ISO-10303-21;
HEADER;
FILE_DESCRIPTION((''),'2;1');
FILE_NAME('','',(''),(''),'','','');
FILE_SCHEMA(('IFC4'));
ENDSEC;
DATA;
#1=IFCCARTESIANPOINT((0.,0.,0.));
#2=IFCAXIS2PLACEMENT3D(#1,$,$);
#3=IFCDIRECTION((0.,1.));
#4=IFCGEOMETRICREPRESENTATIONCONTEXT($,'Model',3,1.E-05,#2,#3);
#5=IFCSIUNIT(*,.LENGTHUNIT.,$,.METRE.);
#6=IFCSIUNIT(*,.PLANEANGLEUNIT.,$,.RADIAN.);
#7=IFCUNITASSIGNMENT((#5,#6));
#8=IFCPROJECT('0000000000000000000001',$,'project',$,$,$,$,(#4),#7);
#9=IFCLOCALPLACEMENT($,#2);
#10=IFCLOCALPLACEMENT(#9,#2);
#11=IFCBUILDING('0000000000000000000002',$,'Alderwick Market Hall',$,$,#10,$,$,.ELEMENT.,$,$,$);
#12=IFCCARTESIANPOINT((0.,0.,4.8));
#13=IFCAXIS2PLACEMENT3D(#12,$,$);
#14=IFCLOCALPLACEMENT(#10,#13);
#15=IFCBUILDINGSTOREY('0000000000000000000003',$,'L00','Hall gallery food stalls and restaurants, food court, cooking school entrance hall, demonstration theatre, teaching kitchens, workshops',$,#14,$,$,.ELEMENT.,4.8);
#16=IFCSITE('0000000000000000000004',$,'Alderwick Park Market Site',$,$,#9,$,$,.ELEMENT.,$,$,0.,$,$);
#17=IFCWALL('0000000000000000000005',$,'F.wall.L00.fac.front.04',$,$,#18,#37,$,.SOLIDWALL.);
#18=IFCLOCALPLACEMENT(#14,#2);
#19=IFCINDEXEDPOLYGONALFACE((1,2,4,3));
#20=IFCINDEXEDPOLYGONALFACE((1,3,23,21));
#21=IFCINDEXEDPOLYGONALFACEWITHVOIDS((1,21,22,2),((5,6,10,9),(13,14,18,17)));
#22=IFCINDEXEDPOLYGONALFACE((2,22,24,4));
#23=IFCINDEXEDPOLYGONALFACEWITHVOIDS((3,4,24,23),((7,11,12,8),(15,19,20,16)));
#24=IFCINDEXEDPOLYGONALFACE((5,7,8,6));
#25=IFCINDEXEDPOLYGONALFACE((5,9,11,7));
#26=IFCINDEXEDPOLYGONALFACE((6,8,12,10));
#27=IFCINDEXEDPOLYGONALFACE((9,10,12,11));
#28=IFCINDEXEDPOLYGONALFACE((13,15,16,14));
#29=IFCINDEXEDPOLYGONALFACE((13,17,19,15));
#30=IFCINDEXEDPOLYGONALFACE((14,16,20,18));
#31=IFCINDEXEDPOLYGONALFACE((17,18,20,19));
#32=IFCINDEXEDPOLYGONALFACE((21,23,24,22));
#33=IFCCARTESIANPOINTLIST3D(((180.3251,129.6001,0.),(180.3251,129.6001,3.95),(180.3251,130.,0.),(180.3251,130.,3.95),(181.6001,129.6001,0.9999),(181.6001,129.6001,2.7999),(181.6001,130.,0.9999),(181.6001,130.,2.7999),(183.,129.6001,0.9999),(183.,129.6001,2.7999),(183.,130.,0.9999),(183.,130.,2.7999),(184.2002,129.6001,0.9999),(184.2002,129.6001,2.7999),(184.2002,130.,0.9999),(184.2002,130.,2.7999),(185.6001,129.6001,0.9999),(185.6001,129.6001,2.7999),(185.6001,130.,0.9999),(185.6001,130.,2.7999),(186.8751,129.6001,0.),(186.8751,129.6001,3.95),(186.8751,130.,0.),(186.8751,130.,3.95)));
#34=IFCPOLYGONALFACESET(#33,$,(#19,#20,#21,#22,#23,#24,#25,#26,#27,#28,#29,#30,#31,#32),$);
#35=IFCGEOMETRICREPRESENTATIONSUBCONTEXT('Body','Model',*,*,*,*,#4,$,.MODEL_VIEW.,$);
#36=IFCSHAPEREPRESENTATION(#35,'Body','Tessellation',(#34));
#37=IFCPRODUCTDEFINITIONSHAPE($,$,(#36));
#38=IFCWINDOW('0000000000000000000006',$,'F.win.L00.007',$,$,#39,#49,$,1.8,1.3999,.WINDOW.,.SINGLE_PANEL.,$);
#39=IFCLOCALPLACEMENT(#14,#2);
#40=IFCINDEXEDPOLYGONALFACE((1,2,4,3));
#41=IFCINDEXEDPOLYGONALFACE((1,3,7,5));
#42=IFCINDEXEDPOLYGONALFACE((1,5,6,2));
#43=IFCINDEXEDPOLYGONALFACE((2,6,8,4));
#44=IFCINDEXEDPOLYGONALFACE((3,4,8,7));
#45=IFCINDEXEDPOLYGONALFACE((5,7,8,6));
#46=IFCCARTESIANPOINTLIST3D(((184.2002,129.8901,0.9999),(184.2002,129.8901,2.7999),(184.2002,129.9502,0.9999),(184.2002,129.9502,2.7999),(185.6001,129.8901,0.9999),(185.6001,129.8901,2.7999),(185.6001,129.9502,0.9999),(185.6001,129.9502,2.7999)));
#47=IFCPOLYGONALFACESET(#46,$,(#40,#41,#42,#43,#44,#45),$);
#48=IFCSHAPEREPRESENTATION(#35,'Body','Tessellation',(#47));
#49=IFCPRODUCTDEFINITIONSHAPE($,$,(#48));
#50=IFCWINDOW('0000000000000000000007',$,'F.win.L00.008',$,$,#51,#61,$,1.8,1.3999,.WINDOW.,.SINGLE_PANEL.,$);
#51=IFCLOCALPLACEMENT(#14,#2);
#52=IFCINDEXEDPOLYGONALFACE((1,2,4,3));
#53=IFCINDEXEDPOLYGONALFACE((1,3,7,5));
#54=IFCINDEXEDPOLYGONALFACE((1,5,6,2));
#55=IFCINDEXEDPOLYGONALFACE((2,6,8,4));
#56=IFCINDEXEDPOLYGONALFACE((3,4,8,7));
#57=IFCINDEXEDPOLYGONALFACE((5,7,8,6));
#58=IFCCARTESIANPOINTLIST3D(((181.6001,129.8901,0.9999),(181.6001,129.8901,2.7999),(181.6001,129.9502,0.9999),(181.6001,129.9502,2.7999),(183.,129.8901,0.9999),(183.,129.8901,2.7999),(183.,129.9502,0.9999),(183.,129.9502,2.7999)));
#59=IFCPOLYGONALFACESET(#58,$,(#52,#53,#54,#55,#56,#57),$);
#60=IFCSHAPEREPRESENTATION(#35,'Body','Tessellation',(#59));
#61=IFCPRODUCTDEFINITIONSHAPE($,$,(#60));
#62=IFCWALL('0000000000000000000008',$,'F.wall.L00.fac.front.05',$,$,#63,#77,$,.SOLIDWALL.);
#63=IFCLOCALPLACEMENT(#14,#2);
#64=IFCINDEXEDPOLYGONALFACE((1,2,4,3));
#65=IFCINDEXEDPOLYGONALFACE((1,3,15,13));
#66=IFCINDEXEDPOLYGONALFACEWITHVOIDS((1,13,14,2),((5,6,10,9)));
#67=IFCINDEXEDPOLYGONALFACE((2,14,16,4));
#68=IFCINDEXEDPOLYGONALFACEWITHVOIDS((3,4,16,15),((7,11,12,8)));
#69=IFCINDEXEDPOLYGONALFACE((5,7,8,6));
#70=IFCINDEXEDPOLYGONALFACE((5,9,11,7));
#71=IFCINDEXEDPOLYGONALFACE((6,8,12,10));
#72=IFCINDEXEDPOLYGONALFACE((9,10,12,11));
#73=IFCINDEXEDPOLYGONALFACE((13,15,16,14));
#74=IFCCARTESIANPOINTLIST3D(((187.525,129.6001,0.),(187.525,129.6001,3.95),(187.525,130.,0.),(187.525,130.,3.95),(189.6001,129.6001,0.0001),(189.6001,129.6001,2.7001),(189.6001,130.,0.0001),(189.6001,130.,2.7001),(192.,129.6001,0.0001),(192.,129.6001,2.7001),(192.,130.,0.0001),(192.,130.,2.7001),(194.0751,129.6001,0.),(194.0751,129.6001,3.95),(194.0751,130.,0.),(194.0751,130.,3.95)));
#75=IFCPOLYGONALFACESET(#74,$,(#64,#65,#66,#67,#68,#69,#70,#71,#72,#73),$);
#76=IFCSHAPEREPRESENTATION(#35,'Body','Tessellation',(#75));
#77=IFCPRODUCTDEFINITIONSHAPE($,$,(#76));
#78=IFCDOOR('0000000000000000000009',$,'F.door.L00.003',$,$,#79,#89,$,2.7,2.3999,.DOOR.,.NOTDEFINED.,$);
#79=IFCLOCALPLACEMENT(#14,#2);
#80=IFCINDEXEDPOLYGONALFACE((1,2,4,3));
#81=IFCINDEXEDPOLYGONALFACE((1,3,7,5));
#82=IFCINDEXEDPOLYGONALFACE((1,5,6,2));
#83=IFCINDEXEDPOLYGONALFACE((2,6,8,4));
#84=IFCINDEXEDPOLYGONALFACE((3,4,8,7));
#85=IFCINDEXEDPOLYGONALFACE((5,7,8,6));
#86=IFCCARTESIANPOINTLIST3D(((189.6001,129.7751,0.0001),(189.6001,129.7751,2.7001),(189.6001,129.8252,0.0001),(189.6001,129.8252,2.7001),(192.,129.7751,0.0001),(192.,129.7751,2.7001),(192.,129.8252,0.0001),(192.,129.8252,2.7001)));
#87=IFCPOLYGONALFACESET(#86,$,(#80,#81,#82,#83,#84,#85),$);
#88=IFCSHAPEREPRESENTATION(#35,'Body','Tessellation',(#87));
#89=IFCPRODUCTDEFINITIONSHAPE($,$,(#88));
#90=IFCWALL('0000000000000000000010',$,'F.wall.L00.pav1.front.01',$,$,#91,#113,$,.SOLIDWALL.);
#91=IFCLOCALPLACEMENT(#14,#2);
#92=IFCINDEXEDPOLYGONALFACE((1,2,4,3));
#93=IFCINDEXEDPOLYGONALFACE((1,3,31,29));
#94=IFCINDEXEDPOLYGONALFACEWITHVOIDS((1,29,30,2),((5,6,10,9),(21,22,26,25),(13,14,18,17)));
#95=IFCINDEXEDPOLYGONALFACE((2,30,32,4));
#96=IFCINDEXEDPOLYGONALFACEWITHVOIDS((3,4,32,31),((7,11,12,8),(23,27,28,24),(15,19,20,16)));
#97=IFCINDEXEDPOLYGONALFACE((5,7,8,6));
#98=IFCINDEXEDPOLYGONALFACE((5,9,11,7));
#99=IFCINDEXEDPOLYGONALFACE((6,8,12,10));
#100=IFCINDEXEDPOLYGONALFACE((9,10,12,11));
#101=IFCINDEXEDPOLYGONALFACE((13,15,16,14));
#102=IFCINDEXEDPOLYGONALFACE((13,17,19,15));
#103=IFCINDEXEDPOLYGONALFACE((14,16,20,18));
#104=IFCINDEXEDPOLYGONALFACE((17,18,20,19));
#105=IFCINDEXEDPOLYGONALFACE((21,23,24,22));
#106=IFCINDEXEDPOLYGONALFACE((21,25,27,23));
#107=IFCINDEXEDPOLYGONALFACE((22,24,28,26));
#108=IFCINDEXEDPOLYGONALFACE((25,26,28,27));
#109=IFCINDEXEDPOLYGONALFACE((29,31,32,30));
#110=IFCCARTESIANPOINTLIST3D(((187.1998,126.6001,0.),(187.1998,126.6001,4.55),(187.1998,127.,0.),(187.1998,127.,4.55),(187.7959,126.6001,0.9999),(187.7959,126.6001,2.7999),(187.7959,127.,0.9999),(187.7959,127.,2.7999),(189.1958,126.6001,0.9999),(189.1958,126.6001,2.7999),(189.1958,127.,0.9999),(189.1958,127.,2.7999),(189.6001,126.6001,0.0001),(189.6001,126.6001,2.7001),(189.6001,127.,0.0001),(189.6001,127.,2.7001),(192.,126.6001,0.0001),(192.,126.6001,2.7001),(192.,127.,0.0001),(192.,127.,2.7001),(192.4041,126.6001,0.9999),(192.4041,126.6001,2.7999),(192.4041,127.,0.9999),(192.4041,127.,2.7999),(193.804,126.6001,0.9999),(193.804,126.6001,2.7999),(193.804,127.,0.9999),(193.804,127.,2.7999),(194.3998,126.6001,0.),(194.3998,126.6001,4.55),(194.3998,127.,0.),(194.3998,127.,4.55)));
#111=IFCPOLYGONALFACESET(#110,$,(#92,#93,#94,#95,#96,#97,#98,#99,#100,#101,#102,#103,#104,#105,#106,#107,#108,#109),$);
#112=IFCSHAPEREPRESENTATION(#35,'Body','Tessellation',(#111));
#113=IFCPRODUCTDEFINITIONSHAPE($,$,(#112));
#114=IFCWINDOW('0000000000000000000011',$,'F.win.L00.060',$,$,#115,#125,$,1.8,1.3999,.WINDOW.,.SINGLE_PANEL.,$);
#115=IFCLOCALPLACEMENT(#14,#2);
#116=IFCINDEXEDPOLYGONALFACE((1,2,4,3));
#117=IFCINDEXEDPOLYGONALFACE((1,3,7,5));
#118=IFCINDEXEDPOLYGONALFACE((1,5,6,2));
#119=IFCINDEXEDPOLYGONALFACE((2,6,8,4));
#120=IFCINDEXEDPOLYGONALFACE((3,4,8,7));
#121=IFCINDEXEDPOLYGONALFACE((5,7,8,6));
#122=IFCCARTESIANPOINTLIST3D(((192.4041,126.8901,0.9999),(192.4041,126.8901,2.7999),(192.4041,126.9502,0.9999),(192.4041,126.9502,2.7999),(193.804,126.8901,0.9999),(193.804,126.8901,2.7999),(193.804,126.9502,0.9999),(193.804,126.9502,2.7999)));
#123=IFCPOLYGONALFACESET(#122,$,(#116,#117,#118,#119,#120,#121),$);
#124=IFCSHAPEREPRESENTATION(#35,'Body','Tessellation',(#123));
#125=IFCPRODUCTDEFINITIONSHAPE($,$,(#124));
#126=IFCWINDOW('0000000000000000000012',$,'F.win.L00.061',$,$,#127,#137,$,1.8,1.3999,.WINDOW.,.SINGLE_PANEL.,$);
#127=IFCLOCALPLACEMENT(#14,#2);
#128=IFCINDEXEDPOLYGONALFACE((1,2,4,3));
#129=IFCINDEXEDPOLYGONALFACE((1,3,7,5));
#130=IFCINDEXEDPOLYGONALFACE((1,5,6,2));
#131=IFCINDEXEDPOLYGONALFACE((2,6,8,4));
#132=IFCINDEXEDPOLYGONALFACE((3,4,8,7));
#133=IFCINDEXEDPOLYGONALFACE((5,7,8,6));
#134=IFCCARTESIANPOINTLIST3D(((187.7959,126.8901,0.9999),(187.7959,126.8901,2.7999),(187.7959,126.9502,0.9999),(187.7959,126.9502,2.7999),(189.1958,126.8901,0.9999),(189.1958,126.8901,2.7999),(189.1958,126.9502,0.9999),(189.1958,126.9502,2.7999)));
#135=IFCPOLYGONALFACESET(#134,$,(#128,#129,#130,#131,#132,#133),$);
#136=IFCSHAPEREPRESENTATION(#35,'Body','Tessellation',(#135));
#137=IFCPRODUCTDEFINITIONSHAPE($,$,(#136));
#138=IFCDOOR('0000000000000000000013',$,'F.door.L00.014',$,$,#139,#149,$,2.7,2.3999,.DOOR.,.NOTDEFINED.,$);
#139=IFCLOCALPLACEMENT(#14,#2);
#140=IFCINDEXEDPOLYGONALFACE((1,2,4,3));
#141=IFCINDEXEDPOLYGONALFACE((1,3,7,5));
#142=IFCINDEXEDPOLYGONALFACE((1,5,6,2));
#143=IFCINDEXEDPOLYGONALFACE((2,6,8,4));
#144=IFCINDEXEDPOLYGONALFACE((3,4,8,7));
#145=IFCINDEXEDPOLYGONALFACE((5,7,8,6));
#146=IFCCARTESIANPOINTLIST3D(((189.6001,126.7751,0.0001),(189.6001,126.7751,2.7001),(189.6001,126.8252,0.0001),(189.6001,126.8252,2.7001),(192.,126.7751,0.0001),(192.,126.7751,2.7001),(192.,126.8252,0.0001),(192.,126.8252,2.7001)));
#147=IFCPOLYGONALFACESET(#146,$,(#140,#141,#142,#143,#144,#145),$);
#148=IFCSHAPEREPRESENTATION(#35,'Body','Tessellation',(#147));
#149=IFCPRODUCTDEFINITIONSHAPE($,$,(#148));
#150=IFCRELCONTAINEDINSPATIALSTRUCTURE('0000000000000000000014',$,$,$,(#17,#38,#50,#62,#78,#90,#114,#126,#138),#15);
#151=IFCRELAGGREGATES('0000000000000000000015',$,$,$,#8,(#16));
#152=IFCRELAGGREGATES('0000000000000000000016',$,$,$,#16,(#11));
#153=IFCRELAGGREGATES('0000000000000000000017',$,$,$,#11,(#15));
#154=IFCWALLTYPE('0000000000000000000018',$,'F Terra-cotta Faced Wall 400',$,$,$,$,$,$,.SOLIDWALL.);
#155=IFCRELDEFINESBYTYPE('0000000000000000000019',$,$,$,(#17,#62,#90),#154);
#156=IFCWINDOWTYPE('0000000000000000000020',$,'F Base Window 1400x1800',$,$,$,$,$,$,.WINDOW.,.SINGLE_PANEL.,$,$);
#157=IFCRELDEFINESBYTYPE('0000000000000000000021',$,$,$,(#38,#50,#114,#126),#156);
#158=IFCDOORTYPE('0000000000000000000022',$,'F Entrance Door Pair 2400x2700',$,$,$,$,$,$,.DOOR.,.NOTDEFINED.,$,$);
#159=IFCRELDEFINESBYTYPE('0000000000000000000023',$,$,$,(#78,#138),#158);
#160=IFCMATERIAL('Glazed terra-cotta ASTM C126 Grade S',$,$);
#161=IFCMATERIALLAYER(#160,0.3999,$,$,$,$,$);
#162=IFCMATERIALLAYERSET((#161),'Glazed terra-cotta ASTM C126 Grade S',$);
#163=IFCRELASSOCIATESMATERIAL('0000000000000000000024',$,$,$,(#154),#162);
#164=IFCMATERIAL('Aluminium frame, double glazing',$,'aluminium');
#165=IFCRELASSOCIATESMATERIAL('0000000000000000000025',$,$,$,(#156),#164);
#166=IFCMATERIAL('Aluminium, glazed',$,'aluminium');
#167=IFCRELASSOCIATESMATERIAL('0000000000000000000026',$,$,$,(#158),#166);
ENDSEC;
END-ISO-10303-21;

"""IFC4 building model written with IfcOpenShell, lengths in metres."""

from ifc_helpers import new_model, si_unit, direction, frame, frame_2d, origin, place, context, subcontext, project, spatial, rectangle, extrude, material, layer, layer_set, type_object, element, fill, save


model = new_model("IFC4")

# Units and contexts
model_context = context("Model", 3, precision=1e-05, world=origin(), true_north=direction((0.0, 1.0)))
body_context = subcontext(model_context, "Body", "Model", "MODEL_VIEW")
ifc_project = project(units=[si_unit("LENGTHUNIT", "METRE"), si_unit("PLANEANGLEUNIT", "RADIAN")], contexts=[model_context])

# Site, building, storey
site_placement = place(None, origin())
site = spatial("IfcSite", under=ifc_project, at=site_placement, Name="Alderwick Park Market Site", CompositionType="ELEMENT", RefElevation=0.0)
building_placement = place(site_placement, origin())
building = spatial("IfcBuilding", under=site, at=building_placement, Name="Alderwick Market Hall", CompositionType="ELEMENT")
storey_placement = place(building_placement, frame((0.0, 0.0, 4.8)))
storey = spatial("IfcBuildingStorey", under=building, at=storey_placement, Name="L00", Description="Hall gallery food stalls and restaurants, food court, cooking school entrance hall, demonstration theatre, teaching kitchens, workshops", CompositionType="ELEMENT", Elevation=4.8)

# Wall, openings, windows
ifc_material_1 = material(Name="Glazed terra-cotta ASTM C126 Grade S")
ifc_layer_1 = layer(ifc_material_1, 0.3999)
ifc_layer_set_1 = layer_set([ifc_layer_1], Name="Glazed terra-cotta ASTM C126 Grade S")
wall_type_1 = type_object("IfcWallType", Name="F Terra-cotta Faced Wall 400", PredefinedType="SOLIDWALL", material=ifc_layer_set_1)
wall_1_placement = place(storey_placement, frame((186.875, 129.8, 0.0), z_axis=(0.0, 0.0, 1.0), x_axis=(-1.0, 0.0, 0.0)))
wall_1 = element("IfcWall", 1, at=wall_1_placement, inside=storey, type_object=wall_type_1, Name="F.wall.L00.fac.front.04", PredefinedType="SOLIDWALL", context=body_context, shape_type="SweptSolid", body=[
    extrude(rectangle(XDim=6.55, YDim=0.3999, at=frame_2d((3.2749, 0.0))), origin(), (0.0, 0.0, 1.0), 3.95),
])
opening_1_placement = place(wall_1_placement, frame((1.2749, 0.0, 1.0)))
opening_1 = element("IfcOpeningElement", 2, at=opening_1_placement, cuts=wall_1, PredefinedType="OPENING", context=body_context, shape_type="SweptSolid", body=[
    extrude(rectangle(XDim=1.3999, YDim=1.8, at=frame_2d((0.7, 0.8999))), frame((0.0, 0.21, 0.0), z_axis=(0.0, -1.0, 0.0), x_axis=(1.0, 0.0, 0.0)), (0.0, 0.0, 1.0), 0.4199),
])
opening_2_placement = place(wall_1_placement, frame((3.875, 0.0, 1.0)))
opening_2 = element("IfcOpeningElement", 3, at=opening_2_placement, cuts=wall_1, PredefinedType="OPENING", context=body_context, shape_type="SweptSolid", body=[
    extrude(rectangle(XDim=1.3999, YDim=1.8, at=frame_2d((0.7, 0.8999))), frame((0.0, 0.21, 0.0), z_axis=(0.0, -1.0, 0.0), x_axis=(1.0, 0.0, 0.0)), (0.0, 0.0, 1.0), 0.4199),
])
ifc_material_2 = material(Name="Aluminium frame, double glazing", Category="aluminium")
window_type = type_object("IfcWindowType", Name="F Base Window 1400x1800", PartitioningType="SINGLE_PANEL", PredefinedType="WINDOW", material=ifc_material_2)
window_1_placement = place(opening_1_placement, origin())
window_1 = element("IfcWindow", 4, at=window_1_placement, inside=storey, type_object=window_type, Name="F.win.L00.007", OverallHeight=1.8, OverallWidth=1.3999, PartitioningType="SINGLE_PANEL", PredefinedType="WINDOW", context=body_context, shape_type="SweptSolid", body=[
    extrude(rectangle(XDim=1.3999, YDim=1.8, at=frame_2d((0.7, 0.8999))), frame((0.0, -0.0901, 0.0), z_axis=(0.0, -1.0, 0.0), x_axis=(1.0, 0.0, 0.0)), (0.0, 0.0, 1.0), 0.0601),
])
fill(opening_1, window_1)
window_2_placement = place(opening_2_placement, origin())
window_2 = element("IfcWindow", 5, at=window_2_placement, inside=storey, type_object=window_type, Name="F.win.L00.008", OverallHeight=1.8, OverallWidth=1.3999, PartitioningType="SINGLE_PANEL", PredefinedType="WINDOW", context=body_context, shape_type="SweptSolid", body=[
    extrude(rectangle(XDim=1.3999, YDim=1.8, at=frame_2d((0.7, 0.8999))), frame((0.0, -0.0901, 0.0), z_axis=(0.0, -1.0, 0.0), x_axis=(1.0, 0.0, 0.0)), (0.0, 0.0, 1.0), 0.0601),
])
fill(opening_2, window_2)

# Wall, opening, door
wall_2_placement = place(storey_placement, frame((194.075, 129.8, 0.0), z_axis=(0.0, 0.0, 1.0), x_axis=(-1.0, 0.0, 0.0)))
wall_2 = element("IfcWall", 6, at=wall_2_placement, inside=storey, type_object=wall_type_1, Name="F.wall.L00.fac.front.05", PredefinedType="SOLIDWALL", context=body_context, shape_type="SweptSolid", body=[
    extrude(rectangle(XDim=6.55, YDim=0.3999, at=frame_2d((3.2749, 0.0))), origin(), (0.0, 0.0, 1.0), 3.95),
])
opening_3_placement = place(wall_2_placement, frame((2.075, 0.0, 0.0)))
opening_3 = element("IfcOpeningElement", 7, at=opening_3_placement, cuts=wall_2, PredefinedType="OPENING", context=body_context, shape_type="SweptSolid", body=[
    extrude(rectangle(XDim=2.3999, YDim=2.7, at=frame_2d((1.2, 1.3501))), frame((0.0, 0.21, 0.0), z_axis=(0.0, -1.0, 0.0), x_axis=(1.0, 0.0, 0.0)), (0.0, 0.0, 1.0), 0.4199),
])
ifc_material_3 = material(Name="Aluminium, glazed", Category="aluminium")
door_type = type_object("IfcDoorType", Name="F Entrance Door Pair 2400x2700", OperationType="NOTDEFINED", PredefinedType="DOOR", material=ifc_material_3)
door_1_placement = place(opening_3_placement, origin())
door_1 = element("IfcDoor", 8, at=door_1_placement, inside=storey, type_object=door_type, Name="F.door.L00.003", OperationType="NOTDEFINED", OverallHeight=2.7, OverallWidth=2.3999, PredefinedType="DOOR", context=body_context, shape_type="SweptSolid", body=[
    extrude(rectangle(XDim=2.3999, YDim=2.7, at=frame_2d((1.2, 1.3501))), frame((0.0, 0.0249, 0.0), z_axis=(0.0, -1.0, 0.0), x_axis=(1.0, 0.0, 0.0)), (0.0, 0.0, 1.0), 0.05),
])
fill(opening_3, door_1)

# Wall, openings, windows, door
wall_3_placement = place(storey_placement, frame((194.3999, 126.8, 0.0), z_axis=(0.0, 0.0, 1.0), x_axis=(-1.0, 0.0, 0.0)))
wall_3 = element("IfcWall", 9, at=wall_3_placement, inside=storey, type_object=wall_type_1, Name="F.wall.L00.pav1.front.01", PredefinedType="SOLIDWALL", context=body_context, shape_type="SweptSolid", body=[
    extrude(rectangle(XDim=7.2, YDim=0.3999, at=frame_2d((3.6001, 0.0))), origin(), (0.0, 0.0, 1.0), 4.55),
])
opening_4_placement = place(wall_3_placement, frame((2.3999, 0.0, 0.0)))
opening_4 = element("IfcOpeningElement", 10, at=opening_4_placement, cuts=wall_3, PredefinedType="OPENING", context=body_context, shape_type="SweptSolid", body=[
    extrude(rectangle(XDim=2.3999, YDim=2.7, at=frame_2d((1.2, 1.3501))), frame((0.0, 0.21, 0.0), z_axis=(0.0, -1.0, 0.0), x_axis=(1.0, 0.0, 0.0)), (0.0, 0.0, 1.0), 0.4199),
])
opening_5_placement = place(wall_3_placement, frame((0.5959, 0.0, 1.0)))
opening_5 = element("IfcOpeningElement", 11, at=opening_5_placement, cuts=wall_3, PredefinedType="OPENING", context=body_context, shape_type="SweptSolid", body=[
    extrude(rectangle(XDim=1.3999, YDim=1.8, at=frame_2d((0.7, 0.8999))), frame((0.0, 0.21, 0.0), z_axis=(0.0, -1.0, 0.0), x_axis=(1.0, 0.0, 0.0)), (0.0, 0.0, 1.0), 0.4199),
])
opening_6_placement = place(wall_3_placement, frame((5.2041, 0.0, 1.0)))
opening_6 = element("IfcOpeningElement", 12, at=opening_6_placement, cuts=wall_3, PredefinedType="OPENING", context=body_context, shape_type="SweptSolid", body=[
    extrude(rectangle(XDim=1.3999, YDim=1.8, at=frame_2d((0.7, 0.8999))), frame((0.0, 0.21, 0.0), z_axis=(0.0, -1.0, 0.0), x_axis=(1.0, 0.0, 0.0)), (0.0, 0.0, 1.0), 0.4199),
])
window_3_placement = place(opening_5_placement, origin())
window_3 = element("IfcWindow", 13, at=window_3_placement, inside=storey, type_object=window_type, Name="F.win.L00.060", OverallHeight=1.8, OverallWidth=1.3999, PartitioningType="SINGLE_PANEL", PredefinedType="WINDOW", context=body_context, shape_type="SweptSolid", body=[
    extrude(rectangle(XDim=1.3999, YDim=1.8, at=frame_2d((0.7, 0.8999))), frame((0.0, -0.0901, 0.0), z_axis=(0.0, -1.0, 0.0), x_axis=(1.0, 0.0, 0.0)), (0.0, 0.0, 1.0), 0.0601),
])
fill(opening_5, window_3)
window_4_placement = place(opening_6_placement, origin())
window_4 = element("IfcWindow", 14, at=window_4_placement, inside=storey, type_object=window_type, Name="F.win.L00.061", OverallHeight=1.8, OverallWidth=1.3999, PartitioningType="SINGLE_PANEL", PredefinedType="WINDOW", context=body_context, shape_type="SweptSolid", body=[
    extrude(rectangle(XDim=1.3999, YDim=1.8, at=frame_2d((0.7, 0.8999))), frame((0.0, -0.0901, 0.0), z_axis=(0.0, -1.0, 0.0), x_axis=(1.0, 0.0, 0.0)), (0.0, 0.0, 1.0), 0.0601),
])
fill(opening_6, window_4)
door_2_placement = place(opening_4_placement, origin())
door_2 = element("IfcDoor", 15, at=door_2_placement, inside=storey, type_object=door_type, Name="F.door.L00.014", OperationType="NOTDEFINED", OverallHeight=2.7, OverallWidth=2.3999, PredefinedType="DOOR", context=body_context, shape_type="SweptSolid", body=[
    extrude(rectangle(XDim=2.3999, YDim=2.7, at=frame_2d((1.2, 1.3501))), frame((0.0, 0.0249, 0.0), z_axis=(0.0, -1.0, 0.0), x_axis=(1.0, 0.0, 0.0)), (0.0, 0.0, 1.0), 0.05),
])
fill(opening_4, door_2)

save(model, "model.ifc")
